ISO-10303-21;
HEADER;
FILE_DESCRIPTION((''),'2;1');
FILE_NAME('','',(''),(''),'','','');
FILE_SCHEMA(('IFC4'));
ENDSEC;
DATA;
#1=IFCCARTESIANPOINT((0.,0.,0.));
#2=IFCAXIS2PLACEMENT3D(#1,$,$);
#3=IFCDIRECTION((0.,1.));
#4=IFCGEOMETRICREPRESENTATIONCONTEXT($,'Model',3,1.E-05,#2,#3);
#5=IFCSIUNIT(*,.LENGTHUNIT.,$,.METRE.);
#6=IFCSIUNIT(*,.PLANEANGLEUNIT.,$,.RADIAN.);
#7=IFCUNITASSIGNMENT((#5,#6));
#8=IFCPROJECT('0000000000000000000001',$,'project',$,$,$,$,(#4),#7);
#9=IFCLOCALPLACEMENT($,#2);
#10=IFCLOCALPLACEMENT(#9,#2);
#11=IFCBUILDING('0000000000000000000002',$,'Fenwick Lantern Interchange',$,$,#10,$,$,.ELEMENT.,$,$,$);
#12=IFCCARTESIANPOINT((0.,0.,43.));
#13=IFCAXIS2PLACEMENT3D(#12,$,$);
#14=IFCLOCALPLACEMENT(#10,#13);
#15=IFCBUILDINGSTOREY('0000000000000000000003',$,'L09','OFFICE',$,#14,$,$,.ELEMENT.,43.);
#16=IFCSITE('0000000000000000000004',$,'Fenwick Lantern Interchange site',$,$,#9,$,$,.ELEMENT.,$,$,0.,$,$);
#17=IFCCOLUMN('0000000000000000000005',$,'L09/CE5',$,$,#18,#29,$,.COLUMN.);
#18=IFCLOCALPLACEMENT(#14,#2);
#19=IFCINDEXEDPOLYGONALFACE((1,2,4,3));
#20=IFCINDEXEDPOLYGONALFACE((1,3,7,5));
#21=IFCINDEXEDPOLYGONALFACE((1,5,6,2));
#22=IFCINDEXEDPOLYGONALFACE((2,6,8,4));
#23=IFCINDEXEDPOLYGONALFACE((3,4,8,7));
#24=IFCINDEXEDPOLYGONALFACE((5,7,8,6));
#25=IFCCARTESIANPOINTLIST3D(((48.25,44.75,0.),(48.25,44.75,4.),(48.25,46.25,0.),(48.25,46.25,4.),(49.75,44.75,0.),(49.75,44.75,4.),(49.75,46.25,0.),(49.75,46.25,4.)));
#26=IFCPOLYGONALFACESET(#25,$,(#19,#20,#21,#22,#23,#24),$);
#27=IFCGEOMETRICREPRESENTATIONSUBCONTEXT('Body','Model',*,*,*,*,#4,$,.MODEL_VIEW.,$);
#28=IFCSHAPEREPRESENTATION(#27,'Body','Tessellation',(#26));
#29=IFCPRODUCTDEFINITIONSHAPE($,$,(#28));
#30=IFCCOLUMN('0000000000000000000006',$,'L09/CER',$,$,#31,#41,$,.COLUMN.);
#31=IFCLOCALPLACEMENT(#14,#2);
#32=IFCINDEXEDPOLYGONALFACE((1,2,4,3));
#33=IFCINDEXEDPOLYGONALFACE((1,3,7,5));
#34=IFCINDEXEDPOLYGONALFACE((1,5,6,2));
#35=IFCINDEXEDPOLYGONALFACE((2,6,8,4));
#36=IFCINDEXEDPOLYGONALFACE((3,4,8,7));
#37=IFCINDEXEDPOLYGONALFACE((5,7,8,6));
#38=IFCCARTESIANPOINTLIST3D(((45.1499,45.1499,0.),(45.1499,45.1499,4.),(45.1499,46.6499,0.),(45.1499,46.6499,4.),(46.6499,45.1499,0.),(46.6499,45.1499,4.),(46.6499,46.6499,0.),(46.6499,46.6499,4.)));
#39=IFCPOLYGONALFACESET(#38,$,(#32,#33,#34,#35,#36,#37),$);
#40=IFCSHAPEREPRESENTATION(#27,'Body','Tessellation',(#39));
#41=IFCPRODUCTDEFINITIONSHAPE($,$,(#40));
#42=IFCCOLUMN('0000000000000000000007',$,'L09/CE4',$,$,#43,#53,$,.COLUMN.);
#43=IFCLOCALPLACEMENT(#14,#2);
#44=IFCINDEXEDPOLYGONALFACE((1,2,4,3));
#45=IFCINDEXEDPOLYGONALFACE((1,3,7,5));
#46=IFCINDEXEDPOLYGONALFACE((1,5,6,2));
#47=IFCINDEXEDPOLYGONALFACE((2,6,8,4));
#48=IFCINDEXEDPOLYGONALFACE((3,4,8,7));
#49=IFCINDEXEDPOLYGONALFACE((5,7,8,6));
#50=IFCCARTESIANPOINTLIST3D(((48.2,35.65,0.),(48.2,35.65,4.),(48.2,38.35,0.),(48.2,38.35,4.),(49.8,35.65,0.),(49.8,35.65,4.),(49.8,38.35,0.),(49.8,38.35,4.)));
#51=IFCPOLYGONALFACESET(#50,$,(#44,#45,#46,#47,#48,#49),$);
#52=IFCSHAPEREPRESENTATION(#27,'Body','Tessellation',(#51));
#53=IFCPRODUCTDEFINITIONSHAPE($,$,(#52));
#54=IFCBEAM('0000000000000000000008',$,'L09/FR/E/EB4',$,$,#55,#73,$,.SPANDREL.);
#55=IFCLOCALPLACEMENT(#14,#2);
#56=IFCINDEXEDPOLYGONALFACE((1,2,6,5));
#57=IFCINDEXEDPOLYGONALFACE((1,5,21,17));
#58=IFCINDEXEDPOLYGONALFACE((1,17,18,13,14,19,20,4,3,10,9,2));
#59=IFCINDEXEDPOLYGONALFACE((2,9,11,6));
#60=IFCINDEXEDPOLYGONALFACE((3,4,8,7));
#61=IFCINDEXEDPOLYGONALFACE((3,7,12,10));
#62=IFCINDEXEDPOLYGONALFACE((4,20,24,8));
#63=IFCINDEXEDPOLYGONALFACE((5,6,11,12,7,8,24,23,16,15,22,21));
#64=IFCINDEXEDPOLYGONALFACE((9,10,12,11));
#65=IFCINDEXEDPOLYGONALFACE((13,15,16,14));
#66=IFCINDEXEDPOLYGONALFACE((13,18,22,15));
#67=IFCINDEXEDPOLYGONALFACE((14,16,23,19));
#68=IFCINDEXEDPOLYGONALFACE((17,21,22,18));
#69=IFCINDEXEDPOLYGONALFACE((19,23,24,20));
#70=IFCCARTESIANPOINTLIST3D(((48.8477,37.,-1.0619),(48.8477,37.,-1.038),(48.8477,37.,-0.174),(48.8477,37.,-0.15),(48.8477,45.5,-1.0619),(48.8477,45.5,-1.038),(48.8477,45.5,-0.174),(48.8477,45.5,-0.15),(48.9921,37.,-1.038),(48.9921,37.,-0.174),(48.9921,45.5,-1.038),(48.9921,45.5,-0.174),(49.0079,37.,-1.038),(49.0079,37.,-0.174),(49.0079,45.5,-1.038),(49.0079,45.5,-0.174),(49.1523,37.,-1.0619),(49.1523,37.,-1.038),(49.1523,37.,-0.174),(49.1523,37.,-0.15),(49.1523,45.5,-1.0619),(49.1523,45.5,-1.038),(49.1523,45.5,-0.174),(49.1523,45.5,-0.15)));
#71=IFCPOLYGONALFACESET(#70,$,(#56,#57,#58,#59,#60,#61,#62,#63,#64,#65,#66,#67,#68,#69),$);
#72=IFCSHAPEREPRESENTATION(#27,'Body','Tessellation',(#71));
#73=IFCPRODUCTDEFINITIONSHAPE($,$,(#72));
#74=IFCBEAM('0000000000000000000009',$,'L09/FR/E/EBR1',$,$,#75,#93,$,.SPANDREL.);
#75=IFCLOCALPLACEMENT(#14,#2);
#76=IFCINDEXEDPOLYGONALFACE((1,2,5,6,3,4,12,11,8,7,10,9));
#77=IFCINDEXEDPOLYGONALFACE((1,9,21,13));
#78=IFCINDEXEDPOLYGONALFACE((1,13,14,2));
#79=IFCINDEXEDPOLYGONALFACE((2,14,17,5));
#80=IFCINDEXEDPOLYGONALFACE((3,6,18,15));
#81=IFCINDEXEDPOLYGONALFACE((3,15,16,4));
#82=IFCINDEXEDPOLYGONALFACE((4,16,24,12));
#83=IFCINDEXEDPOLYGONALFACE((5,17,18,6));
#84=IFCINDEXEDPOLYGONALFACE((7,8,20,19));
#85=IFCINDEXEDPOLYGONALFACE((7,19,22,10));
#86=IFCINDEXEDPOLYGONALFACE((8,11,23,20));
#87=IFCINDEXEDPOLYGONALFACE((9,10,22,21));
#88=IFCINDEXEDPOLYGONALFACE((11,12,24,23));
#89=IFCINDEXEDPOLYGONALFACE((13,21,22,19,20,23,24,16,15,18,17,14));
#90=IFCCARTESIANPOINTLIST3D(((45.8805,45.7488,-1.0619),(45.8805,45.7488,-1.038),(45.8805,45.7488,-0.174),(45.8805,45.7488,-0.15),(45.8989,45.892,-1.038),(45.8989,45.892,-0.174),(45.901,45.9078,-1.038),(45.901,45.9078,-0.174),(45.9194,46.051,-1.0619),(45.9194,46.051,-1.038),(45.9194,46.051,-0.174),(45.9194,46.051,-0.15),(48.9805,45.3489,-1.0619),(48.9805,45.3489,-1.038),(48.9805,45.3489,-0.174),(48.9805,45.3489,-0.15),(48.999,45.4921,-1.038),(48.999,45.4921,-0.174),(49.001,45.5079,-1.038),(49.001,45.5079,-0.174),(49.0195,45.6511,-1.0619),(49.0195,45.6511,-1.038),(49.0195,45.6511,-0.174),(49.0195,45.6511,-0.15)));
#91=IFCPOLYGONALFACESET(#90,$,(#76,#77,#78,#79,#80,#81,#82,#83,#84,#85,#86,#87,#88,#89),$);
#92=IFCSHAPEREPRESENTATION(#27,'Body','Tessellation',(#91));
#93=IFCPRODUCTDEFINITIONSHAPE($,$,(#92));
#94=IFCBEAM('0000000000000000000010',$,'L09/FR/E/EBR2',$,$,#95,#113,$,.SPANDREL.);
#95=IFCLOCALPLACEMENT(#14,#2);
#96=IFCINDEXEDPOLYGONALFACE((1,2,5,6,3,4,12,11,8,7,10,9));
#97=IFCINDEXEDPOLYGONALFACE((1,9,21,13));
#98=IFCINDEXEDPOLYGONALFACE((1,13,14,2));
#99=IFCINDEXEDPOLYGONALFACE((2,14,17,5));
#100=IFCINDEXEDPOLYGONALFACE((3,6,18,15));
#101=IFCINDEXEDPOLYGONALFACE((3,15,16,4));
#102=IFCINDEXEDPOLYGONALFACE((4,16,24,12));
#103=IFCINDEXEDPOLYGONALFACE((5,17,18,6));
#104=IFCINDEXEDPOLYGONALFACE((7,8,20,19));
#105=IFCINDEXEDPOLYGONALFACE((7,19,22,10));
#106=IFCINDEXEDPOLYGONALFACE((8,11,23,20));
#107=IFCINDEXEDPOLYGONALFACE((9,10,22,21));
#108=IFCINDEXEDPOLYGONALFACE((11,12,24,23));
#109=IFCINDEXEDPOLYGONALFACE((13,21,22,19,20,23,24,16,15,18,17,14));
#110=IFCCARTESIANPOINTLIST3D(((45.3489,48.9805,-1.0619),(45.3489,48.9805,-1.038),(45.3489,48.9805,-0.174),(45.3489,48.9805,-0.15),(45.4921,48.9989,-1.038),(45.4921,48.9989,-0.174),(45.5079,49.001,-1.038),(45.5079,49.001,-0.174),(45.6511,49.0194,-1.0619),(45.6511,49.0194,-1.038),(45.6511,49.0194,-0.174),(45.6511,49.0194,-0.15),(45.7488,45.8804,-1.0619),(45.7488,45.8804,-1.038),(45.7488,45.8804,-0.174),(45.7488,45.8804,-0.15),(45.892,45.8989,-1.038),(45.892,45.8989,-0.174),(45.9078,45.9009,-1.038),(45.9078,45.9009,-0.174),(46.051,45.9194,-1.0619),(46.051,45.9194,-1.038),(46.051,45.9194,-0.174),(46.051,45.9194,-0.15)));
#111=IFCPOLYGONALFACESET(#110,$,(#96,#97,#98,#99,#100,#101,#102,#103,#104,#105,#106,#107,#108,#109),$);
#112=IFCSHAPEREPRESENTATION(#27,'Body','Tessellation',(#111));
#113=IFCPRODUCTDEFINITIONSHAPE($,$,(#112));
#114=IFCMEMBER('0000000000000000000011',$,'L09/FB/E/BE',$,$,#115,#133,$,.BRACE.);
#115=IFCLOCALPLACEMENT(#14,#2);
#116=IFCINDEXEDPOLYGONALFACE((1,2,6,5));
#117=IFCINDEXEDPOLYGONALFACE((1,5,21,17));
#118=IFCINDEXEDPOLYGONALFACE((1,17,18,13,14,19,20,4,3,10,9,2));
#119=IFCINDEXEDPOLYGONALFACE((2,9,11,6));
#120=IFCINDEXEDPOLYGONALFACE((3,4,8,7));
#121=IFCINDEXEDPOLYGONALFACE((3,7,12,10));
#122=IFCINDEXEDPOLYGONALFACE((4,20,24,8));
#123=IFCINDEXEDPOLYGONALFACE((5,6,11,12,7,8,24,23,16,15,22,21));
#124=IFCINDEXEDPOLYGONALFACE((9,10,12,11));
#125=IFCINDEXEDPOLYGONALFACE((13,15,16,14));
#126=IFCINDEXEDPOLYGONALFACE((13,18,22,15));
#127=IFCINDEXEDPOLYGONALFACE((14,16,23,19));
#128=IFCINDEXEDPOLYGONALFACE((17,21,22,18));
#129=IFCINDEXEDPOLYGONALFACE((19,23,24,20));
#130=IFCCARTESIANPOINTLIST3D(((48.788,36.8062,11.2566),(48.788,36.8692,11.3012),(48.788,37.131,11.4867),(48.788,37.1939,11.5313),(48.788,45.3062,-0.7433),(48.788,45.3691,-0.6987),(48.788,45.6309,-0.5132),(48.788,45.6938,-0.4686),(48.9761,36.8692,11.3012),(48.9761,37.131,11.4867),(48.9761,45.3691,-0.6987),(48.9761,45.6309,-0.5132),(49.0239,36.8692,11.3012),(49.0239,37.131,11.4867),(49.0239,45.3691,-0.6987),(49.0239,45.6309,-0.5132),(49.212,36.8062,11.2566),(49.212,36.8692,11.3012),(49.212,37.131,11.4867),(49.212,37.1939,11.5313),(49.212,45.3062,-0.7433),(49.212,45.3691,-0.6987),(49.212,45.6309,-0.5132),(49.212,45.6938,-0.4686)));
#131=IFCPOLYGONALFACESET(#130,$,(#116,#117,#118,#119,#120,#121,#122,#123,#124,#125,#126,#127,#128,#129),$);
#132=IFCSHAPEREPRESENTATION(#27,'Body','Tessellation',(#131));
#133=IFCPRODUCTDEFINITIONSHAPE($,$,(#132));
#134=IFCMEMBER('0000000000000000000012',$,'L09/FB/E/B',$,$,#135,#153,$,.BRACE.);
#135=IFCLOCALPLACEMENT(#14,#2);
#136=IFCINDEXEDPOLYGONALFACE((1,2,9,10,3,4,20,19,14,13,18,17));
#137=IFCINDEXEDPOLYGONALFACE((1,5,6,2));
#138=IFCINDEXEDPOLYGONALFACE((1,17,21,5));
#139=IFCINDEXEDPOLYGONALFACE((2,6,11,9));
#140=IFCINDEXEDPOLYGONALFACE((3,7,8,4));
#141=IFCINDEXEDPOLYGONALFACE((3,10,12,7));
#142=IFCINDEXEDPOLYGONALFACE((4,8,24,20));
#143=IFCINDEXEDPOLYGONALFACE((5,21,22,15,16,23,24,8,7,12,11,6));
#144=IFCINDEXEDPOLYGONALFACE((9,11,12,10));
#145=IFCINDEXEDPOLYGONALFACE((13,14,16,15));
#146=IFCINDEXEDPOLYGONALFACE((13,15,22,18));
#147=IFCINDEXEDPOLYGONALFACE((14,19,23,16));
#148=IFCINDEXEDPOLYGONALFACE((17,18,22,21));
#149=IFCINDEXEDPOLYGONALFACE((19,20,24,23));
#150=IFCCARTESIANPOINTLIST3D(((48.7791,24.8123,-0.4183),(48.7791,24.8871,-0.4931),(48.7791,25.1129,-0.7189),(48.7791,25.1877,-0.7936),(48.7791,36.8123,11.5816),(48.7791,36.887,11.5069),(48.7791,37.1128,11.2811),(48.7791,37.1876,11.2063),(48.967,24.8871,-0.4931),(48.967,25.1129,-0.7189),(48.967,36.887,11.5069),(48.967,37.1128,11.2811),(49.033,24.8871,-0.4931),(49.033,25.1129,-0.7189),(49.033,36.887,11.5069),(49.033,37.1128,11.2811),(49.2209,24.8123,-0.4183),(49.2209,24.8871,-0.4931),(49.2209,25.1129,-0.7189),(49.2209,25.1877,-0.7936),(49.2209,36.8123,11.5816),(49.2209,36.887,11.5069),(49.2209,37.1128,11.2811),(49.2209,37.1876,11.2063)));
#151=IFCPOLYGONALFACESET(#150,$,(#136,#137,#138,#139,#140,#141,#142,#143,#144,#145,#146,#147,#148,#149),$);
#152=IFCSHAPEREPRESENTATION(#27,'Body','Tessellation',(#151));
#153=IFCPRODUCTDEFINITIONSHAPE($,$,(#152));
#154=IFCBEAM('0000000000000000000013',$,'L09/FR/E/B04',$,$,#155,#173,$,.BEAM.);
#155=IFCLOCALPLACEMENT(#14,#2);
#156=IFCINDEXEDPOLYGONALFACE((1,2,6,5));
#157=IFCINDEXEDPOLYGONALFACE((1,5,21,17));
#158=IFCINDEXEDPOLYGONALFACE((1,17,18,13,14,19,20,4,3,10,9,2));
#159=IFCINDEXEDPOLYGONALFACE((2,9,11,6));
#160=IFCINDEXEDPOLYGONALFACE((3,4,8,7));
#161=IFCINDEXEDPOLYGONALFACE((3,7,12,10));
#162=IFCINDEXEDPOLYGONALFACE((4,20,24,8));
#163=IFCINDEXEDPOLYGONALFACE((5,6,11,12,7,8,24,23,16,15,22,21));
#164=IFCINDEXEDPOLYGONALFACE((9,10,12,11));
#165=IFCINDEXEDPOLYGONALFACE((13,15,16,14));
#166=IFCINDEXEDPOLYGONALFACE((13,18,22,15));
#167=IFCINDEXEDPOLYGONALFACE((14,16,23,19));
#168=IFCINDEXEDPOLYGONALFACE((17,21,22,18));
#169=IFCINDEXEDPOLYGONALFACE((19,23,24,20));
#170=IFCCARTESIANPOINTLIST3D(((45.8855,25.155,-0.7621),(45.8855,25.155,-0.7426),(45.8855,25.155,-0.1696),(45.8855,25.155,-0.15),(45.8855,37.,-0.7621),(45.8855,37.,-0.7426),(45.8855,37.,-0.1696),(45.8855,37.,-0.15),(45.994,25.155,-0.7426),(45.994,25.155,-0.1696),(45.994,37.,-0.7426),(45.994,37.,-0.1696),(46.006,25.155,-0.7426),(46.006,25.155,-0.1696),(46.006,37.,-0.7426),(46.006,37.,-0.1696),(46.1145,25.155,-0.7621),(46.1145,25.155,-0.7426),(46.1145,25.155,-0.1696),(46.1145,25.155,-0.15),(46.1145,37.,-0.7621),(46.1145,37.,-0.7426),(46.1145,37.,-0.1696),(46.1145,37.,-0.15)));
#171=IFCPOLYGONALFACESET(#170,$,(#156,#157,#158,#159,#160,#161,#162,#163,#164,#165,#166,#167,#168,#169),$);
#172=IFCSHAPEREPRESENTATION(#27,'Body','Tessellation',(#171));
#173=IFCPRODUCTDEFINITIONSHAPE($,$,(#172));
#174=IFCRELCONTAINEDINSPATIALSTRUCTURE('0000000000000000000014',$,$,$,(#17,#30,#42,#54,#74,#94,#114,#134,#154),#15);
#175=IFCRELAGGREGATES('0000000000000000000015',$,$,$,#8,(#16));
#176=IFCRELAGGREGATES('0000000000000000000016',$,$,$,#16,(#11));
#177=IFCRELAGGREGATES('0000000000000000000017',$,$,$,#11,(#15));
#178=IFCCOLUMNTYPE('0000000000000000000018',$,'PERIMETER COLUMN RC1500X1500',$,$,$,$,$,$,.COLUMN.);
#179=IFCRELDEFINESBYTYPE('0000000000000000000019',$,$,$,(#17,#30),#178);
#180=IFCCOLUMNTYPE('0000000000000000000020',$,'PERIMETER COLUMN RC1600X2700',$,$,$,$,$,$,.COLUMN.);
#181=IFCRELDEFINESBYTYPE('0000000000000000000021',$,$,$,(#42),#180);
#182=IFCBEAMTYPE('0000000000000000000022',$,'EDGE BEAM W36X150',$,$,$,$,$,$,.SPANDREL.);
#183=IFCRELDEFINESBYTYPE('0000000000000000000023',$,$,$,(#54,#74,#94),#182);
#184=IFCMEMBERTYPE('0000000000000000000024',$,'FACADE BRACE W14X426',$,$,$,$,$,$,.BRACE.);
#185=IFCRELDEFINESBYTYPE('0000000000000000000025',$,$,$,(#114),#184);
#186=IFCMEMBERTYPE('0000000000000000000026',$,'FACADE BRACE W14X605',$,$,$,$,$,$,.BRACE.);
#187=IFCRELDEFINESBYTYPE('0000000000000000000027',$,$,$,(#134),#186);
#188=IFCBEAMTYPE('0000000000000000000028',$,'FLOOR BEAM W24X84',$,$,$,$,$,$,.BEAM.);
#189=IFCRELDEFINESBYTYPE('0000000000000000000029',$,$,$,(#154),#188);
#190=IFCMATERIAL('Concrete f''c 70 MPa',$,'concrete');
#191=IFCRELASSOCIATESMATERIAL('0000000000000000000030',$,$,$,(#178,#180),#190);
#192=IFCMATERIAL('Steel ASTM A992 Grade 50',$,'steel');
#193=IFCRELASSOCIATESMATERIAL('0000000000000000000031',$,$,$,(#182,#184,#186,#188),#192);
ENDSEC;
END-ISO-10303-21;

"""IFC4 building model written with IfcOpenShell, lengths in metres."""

from ifc_helpers import new_model, si_unit, direction, frame, origin, origin_2d, place, context, subcontext, project, spatial, rectangle, i_section, extrude, material, material_profile, profile_set, type_object, element, save


model = new_model("IFC4")

# Units and contexts
model_context = context("Model", 3, precision=1e-05, world=origin(), true_north=direction((0.0, 1.0)))
body_context = subcontext(model_context, "Body", "Model", "MODEL_VIEW")
ifc_project = project(units=[si_unit("LENGTHUNIT", "METRE"), si_unit("PLANEANGLEUNIT", "RADIAN")], contexts=[model_context])

# Site, building, storey
site_placement = place(None, origin())
site = spatial("IfcSite", under=ifc_project, at=site_placement, Name="Fenwick Lantern Interchange site", CompositionType="ELEMENT", RefElevation=0.0)
building_placement = place(site_placement, origin())
building = spatial("IfcBuilding", under=site, at=building_placement, Name="Fenwick Lantern Interchange", CompositionType="ELEMENT")
storey_placement = place(building_placement, frame((0.0, 0.0, 43.0)))
storey = spatial("IfcBuildingStorey", under=building, at=storey_placement, Name="L09", Description="OFFICE", CompositionType="ELEMENT", Elevation=43.0)

# Columns
ifc_material_1 = material(Name="Concrete f'c 70 MPa", Category="concrete")
ifc_material_profile_1 = material_profile(ifc_material_1, rectangle(XDim=1.5, YDim=1.5, at=origin_2d()), Name="RC1500X1500")
ifc_profile_set_1 = profile_set([ifc_material_profile_1], Name="Concrete f'c 70 MPa")
column_type_1 = type_object("IfcColumnType", Name="PERIMETER COLUMN RC1500X1500", PredefinedType="COLUMN", material=ifc_profile_set_1)
for number, where, z_axis, x_axis, name in (
    (1, (49.0, 45.5, 0.0), (0.0, 0.0, 1.0), (1.0, 0.0, 0.0), "L09/CE5"),
    (2, (45.8999, 45.8999, 0.0), (0.0, 0.0, 1.0), (1.0, 0.0, 0.0), "L09/CER"),
):
    element("IfcColumn", number, at=place(storey_placement, frame(where, z_axis=z_axis, x_axis=x_axis)), inside=storey, type_object=column_type_1, Name=name, PredefinedType="COLUMN", context=body_context, shape_type="SweptSolid", body=[
        extrude(rectangle(XDim=1.5, YDim=1.5, at=origin_2d()), origin(), (0.0, 0.0, 1.0), 4.0),
    ])
ifc_material_profile_2 = material_profile(ifc_material_1, rectangle(XDim=1.6001, YDim=2.7, at=origin_2d()), Name="RC1600X2700")
ifc_profile_set_2 = profile_set([ifc_material_profile_2], Name="Concrete f'c 70 MPa")
column_type_2 = type_object("IfcColumnType", Name="PERIMETER COLUMN RC1600X2700", PredefinedType="COLUMN", material=ifc_profile_set_2)
column_placement = place(storey_placement, frame((49.0, 37.0, 0.0), z_axis=(0.0, 0.0, 1.0), x_axis=(1.0, 0.0, 0.0)))
element("IfcColumn", 3, at=column_placement, inside=storey, type_object=column_type_2, Name="L09/CE4", PredefinedType="COLUMN", context=body_context, shape_type="SweptSolid", body=[
    extrude(rectangle(XDim=1.6001, YDim=2.7, at=origin_2d()), origin(), (0.0, 0.0, 1.0), 4.0),
])

# Beams
ifc_material_2 = material(Name="Steel ASTM A992 Grade 50", Category="steel")
ifc_material_profile_3 = material_profile(ifc_material_2, i_section(OverallWidth=0.3047, OverallDepth=0.9119, WebThickness=0.0159, FlangeThickness=0.0239, at=origin_2d()), Name="W36X150")
ifc_profile_set_3 = profile_set([ifc_material_profile_3], Name="Steel ASTM A992 Grade 50")
beam_type_1 = type_object("IfcBeamType", Name="EDGE BEAM W36X150", PredefinedType="SPANDREL", material=ifc_profile_set_3)
beam_1_placement = place(storey_placement, frame((49.0, 37.0, -0.606), z_axis=(0.0, 1.0, 0.0), x_axis=(-1.0, 0.0, 0.0)))
element("IfcBeam", 4, at=beam_1_placement, inside=storey, type_object=beam_type_1, Name="L09/FR/E/EB4", PredefinedType="SPANDREL", context=body_context, shape_type="SweptSolid", body=[
    extrude(i_section(OverallWidth=0.3047, OverallDepth=0.9119, WebThickness=0.0159, FlangeThickness=0.0239, at=origin_2d()), origin(), (0.0, 0.0, 1.0), 8.5),
])
for number, where, z_axis, x_axis, name in (
    (5, (49.0, 45.5, -0.606), (-0.991782, 0.127937, 0.0), (-0.127937, -0.991782, 0.0), "L09/FR/E/EBR1"),
    (6, (45.8999, 45.8999, -0.606), (-0.127937, 0.991782, 0.0), (-0.991782, -0.127937, 0.0), "L09/FR/E/EBR2"),
):
    element("IfcBeam", number, at=place(storey_placement, frame(where, z_axis=z_axis, x_axis=x_axis)), inside=storey, type_object=beam_type_1, Name=name, PredefinedType="SPANDREL", context=body_context, shape_type="SweptSolid", body=[
        extrude(i_section(OverallWidth=0.3047, OverallDepth=0.9119, WebThickness=0.0159, FlangeThickness=0.0239, at=origin_2d()), origin(), (0.0, 0.0, 1.0), 3.1257),
    ])

# Members
ifc_material_profile_4 = material_profile(ifc_material_2, i_section(OverallWidth=0.4241, OverallDepth=0.4751, WebThickness=0.0479, FlangeThickness=0.0771, at=origin_2d()), Name="W14X426")
ifc_profile_set_4 = profile_set([ifc_material_profile_4], Name="Steel ASTM A992 Grade 50")
member_type_1 = type_object("IfcMemberType", Name="FACADE BRACE W14X426", PredefinedType="BRACE", material=ifc_profile_set_4)
member_1_placement = place(storey_placement, frame((49.0, 45.5, -0.606), z_axis=(0.0, -0.578017, 0.816024), x_axis=(1.0, 0.0, 0.0)))
element("IfcMember", 7, at=member_1_placement, inside=storey, type_object=member_type_1, Name="L09/FB/E/BE", PredefinedType="BRACE", context=body_context, shape_type="SweptSolid", body=[
    extrude(i_section(OverallWidth=0.4241, OverallDepth=0.4751, WebThickness=0.0479, FlangeThickness=0.0771, at=origin_2d()), origin(), (0.0, 0.0, 1.0), 14.7053),
])
ifc_material_profile_5 = material_profile(ifc_material_2, i_section(OverallWidth=0.4419, OverallDepth=0.5308, WebThickness=0.0659, FlangeThickness=0.1057, at=origin_2d()), Name="W14X605")
ifc_profile_set_5 = profile_set([ifc_material_profile_5], Name="Steel ASTM A992 Grade 50")
member_type_2 = type_object("IfcMemberType", Name="FACADE BRACE W14X605", PredefinedType="BRACE", material=ifc_profile_set_5)
member_2_placement = place(storey_placement, frame((49.0, 25.0, -0.606), z_axis=(0.0, 0.707107, 0.707107), x_axis=(-1.0, 0.0, 0.0)))
element("IfcMember", 8, at=member_2_placement, inside=storey, type_object=member_type_2, Name="L09/FB/E/B", PredefinedType="BRACE", context=body_context, shape_type="SweptSolid", body=[
    extrude(i_section(OverallWidth=0.4419, OverallDepth=0.5308, WebThickness=0.0659, FlangeThickness=0.1057, at=origin_2d()), origin(), (0.0, 0.0, 1.0), 16.9705),
])

# Beam
ifc_material_profile_6 = material_profile(ifc_material_2, i_section(OverallWidth=0.229, OverallDepth=0.6121, WebThickness=0.012, FlangeThickness=0.0195, at=origin_2d()), Name="W24X84")
ifc_profile_set_6 = profile_set([ifc_material_profile_6], Name="Steel ASTM A992 Grade 50")
beam_type_2 = type_object("IfcBeamType", Name="FLOOR BEAM W24X84", PredefinedType="BEAM", material=ifc_profile_set_6)
for number, where, z_axis, x_axis, name in (
    (9, (46.0, 25.155, -0.4561), (0.0, 1.0, 0.0), (-1.0, 0.0, 0.0), "L09/FR/E/B04"),
):
    element("IfcBeam", number, at=place(storey_placement, frame(where, z_axis=z_axis, x_axis=x_axis)), inside=storey, type_object=beam_type_2, Name=name, PredefinedType="BEAM", context=body_context, shape_type="SweptSolid", body=[
        extrude(i_section(OverallWidth=0.229, OverallDepth=0.6121, WebThickness=0.012, FlangeThickness=0.0195, at=origin_2d()), origin(), (0.0, 0.0, 1.0), 11.845),
    ])

save(model, "model.ifc")
